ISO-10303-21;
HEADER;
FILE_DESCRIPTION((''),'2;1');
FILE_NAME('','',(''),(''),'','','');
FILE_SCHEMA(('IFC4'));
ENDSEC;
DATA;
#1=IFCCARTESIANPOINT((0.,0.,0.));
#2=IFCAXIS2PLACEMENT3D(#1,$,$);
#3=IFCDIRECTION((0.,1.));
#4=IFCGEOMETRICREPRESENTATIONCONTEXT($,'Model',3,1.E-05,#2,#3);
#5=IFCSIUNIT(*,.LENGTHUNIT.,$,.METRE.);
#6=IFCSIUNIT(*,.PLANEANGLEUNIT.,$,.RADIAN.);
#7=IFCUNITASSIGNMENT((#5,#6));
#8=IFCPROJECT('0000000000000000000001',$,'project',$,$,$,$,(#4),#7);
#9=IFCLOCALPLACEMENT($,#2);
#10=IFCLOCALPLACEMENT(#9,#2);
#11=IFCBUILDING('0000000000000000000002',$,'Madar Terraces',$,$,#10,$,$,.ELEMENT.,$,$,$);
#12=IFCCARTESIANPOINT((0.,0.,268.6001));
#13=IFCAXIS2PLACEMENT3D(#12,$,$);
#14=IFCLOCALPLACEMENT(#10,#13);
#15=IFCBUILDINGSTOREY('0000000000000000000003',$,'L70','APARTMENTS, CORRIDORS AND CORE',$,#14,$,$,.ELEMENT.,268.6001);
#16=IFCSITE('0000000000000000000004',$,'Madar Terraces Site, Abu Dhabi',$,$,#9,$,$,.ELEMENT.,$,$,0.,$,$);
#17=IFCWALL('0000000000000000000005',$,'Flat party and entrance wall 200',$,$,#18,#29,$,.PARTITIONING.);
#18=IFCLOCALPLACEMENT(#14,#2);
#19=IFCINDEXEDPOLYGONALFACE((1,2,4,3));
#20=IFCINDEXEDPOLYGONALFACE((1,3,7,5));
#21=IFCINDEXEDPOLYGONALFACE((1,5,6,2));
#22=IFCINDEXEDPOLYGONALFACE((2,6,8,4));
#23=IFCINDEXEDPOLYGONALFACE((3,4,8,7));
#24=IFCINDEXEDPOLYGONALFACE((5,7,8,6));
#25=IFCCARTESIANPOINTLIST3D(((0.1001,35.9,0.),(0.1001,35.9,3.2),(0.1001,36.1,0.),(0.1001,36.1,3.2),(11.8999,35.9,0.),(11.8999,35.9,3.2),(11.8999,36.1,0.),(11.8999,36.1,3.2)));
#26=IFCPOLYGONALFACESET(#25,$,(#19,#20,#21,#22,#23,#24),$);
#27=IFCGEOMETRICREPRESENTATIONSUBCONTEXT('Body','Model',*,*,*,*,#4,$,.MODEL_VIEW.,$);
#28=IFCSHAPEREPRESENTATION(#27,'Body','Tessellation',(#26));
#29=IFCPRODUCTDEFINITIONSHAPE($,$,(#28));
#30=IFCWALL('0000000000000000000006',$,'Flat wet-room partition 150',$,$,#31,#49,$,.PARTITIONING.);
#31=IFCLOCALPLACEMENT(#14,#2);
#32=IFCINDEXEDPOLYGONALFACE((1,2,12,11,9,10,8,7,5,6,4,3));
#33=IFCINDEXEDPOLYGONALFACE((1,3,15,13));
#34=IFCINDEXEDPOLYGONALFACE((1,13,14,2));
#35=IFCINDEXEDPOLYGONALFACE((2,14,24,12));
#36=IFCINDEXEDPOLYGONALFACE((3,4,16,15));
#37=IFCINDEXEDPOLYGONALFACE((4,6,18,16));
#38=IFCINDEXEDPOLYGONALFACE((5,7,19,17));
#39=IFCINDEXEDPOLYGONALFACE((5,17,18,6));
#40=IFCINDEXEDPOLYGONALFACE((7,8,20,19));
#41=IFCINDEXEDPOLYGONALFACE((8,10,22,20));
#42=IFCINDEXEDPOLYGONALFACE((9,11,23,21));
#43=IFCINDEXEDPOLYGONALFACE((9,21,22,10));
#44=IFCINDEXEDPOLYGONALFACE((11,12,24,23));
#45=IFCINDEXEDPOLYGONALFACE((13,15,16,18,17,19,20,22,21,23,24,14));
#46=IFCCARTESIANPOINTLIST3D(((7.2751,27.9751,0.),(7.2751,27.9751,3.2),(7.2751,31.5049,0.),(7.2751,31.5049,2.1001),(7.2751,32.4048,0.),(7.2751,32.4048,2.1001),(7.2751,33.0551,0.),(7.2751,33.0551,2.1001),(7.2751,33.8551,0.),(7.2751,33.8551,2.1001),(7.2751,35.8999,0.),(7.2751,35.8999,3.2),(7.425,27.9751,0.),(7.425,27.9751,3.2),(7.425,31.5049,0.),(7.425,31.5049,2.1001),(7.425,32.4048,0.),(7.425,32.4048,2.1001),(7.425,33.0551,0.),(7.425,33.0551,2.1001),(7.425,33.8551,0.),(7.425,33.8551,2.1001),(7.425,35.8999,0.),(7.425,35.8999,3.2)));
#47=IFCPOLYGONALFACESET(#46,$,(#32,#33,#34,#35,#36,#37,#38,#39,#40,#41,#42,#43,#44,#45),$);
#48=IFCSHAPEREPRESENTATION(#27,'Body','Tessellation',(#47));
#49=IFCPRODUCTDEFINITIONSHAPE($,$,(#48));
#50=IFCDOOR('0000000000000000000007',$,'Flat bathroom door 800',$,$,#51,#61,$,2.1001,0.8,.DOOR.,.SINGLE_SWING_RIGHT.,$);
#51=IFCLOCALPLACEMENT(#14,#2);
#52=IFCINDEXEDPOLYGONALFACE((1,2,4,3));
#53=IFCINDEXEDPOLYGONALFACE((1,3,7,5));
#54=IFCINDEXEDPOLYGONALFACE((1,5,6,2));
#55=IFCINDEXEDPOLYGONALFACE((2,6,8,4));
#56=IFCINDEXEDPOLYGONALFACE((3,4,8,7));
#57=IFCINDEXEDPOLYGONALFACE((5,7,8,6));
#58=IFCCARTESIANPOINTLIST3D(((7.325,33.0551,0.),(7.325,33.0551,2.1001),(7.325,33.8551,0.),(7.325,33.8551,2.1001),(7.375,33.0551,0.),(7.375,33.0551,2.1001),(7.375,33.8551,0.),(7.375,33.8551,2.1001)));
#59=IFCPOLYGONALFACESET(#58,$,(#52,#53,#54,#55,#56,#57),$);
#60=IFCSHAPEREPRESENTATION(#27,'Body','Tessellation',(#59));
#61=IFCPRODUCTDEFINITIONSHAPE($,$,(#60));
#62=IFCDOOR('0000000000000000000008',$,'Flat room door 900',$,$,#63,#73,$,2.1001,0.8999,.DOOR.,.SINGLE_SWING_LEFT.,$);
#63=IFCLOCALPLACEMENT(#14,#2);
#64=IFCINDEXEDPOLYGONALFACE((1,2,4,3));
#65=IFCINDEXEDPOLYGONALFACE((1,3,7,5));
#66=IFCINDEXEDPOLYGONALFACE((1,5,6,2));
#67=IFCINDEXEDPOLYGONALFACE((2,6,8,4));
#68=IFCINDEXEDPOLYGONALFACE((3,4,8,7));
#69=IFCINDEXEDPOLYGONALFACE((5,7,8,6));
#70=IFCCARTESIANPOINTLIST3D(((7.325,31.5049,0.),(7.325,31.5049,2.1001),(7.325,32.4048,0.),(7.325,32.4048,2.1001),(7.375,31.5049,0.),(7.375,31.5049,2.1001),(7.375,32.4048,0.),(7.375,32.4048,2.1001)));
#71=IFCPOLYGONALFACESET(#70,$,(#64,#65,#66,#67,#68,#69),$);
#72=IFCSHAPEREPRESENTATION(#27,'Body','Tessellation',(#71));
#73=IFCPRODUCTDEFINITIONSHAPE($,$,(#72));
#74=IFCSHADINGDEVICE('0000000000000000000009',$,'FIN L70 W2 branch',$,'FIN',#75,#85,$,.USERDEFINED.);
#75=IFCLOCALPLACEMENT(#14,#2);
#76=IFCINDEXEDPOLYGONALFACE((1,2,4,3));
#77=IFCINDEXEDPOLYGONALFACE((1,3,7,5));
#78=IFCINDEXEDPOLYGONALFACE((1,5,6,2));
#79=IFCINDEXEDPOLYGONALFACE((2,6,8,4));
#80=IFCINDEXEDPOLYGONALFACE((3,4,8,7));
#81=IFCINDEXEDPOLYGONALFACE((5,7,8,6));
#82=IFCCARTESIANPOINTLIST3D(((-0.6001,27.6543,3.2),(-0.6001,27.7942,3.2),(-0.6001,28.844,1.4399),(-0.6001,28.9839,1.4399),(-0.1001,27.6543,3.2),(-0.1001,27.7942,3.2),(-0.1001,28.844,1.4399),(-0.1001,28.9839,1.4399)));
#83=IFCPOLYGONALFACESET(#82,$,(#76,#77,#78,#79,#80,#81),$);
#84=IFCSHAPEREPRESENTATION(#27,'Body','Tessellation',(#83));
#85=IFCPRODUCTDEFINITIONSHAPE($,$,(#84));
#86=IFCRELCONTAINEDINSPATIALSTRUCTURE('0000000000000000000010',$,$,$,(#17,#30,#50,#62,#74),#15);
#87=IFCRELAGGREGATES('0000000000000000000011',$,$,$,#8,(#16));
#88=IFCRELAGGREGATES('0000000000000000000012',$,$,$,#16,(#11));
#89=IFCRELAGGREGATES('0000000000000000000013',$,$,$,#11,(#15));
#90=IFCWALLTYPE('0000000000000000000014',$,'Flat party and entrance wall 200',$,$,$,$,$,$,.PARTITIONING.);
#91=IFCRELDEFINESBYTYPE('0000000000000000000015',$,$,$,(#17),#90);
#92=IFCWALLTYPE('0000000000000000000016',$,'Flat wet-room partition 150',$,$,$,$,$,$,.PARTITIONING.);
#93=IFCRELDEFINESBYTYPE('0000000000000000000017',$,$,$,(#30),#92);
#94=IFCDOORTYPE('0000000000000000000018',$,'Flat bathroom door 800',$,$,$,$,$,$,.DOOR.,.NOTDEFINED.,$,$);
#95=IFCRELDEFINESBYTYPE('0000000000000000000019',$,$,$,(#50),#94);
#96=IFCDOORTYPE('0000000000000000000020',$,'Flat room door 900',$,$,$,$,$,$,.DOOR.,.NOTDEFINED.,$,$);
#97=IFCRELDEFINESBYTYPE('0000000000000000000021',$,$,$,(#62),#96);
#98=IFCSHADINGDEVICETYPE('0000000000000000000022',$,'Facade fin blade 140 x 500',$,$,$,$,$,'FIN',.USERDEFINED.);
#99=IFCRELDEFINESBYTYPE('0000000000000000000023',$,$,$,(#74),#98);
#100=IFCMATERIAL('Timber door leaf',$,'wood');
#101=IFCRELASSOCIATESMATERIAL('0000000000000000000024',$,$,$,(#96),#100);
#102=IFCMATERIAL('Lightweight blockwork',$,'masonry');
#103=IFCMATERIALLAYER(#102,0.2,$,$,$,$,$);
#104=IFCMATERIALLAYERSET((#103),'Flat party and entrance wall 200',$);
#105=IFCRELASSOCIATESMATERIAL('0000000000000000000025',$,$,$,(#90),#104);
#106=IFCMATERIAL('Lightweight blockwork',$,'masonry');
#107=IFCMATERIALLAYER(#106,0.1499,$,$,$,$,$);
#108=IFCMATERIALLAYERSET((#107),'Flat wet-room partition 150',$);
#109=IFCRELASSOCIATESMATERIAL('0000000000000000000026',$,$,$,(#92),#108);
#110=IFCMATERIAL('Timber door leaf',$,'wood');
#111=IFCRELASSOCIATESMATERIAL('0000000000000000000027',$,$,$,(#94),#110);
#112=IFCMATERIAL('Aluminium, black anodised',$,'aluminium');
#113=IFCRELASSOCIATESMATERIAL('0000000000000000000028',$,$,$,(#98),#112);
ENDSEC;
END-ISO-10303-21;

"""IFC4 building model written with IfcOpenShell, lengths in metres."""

from ifc_helpers import new_model, si_unit, direction, frame, frame_2d, origin, place, context, subcontext, project, spatial, polyline, rectangle, outline, extrude, material, layer, layer_set, type_object, element, fill, save


model = new_model("IFC4")

# Units and contexts
model_context = context("Model", 3, precision=1e-05, world=origin(), true_north=direction((0.0, 1.0)))
body_context = subcontext(model_context, "Body", "Model", "MODEL_VIEW")
ifc_project = project(units=[si_unit("LENGTHUNIT", "METRE"), si_unit("PLANEANGLEUNIT", "RADIAN")], contexts=[model_context])

# Site, building, storey
site_placement = place(None, origin())
site = spatial("IfcSite", under=ifc_project, at=site_placement, Name="Madar Terraces Site, Abu Dhabi", CompositionType="ELEMENT", RefElevation=0.0)
building_placement = place(site_placement, origin())
building = spatial("IfcBuilding", under=site, at=building_placement, Name="Madar Terraces", CompositionType="ELEMENT")
storey_placement = place(building_placement, frame((0.0, 0.0, 268.6001)))
storey = spatial("IfcBuildingStorey", under=building, at=storey_placement, Name="L70", Description="APARTMENTS, CORRIDORS AND CORE", CompositionType="ELEMENT", Elevation=268.6001)

# Shared definitions
ifc_material_1 = material(Name="Timber door leaf", Category="wood")
door_type_1 = type_object("IfcDoorType", Name="Flat room door 900", OperationType="NOTDEFINED", PredefinedType="DOOR", material=ifc_material_1)

# Wall
ifc_material_2 = material(Name="Lightweight blockwork", Category="masonry")
ifc_layer_1 = layer(ifc_material_2, 0.2)
ifc_layer_set_1 = layer_set([ifc_layer_1], Name="Flat party and entrance wall 200")
wall_type_1 = type_object("IfcWallType", Name="Flat party and entrance wall 200", PredefinedType="PARTITIONING", material=ifc_layer_set_1)
wall_1_placement = place(storey_placement, frame((0.1001, 36.0, 0.0), z_axis=(0.0, 0.0, 1.0), x_axis=(1.0, 0.0, 0.0)))
element("IfcWall", 1, at=wall_1_placement, inside=storey, type_object=wall_type_1, Name="Flat party and entrance wall 200", PredefinedType="PARTITIONING", context=body_context, shape_type="SweptSolid", body=[
    extrude(rectangle(XDim=11.7998, YDim=0.2, at=frame_2d((5.8999, 0.0))), origin(), (0.0, 0.0, 1.0), 3.2),
])

# Wall, openings, doors
ifc_material_3 = material(Name="Lightweight blockwork", Category="masonry")
ifc_layer_2 = layer(ifc_material_3, 0.1499)
ifc_layer_set_2 = layer_set([ifc_layer_2], Name="Flat wet-room partition 150")
wall_type_2 = type_object("IfcWallType", Name="Flat wet-room partition 150", PredefinedType="PARTITIONING", material=ifc_layer_set_2)
wall_2_placement = place(storey_placement, frame((7.3501, 35.8999, 0.0), z_axis=(0.0, 0.0, 1.0), x_axis=(0.0, -1.0, 0.0)))
wall_2 = element("IfcWall", 2, at=wall_2_placement, inside=storey, type_object=wall_type_2, Name="Flat wet-room partition 150", PredefinedType="PARTITIONING", context=body_context, shape_type="SweptSolid", body=[
    extrude(rectangle(XDim=7.9248, YDim=0.1499, at=frame_2d((3.9624, 0.0))), origin(), (0.0, 0.0, 1.0), 3.2),
])
opening_1_placement = place(wall_2_placement, frame((3.4951, 0.0, 0.0)))
opening_1 = element("IfcOpeningElement", 3, at=opening_1_placement, cuts=wall_2, PredefinedType="OPENING", context=body_context, shape_type="SweptSolid", body=[
    extrude(rectangle(XDim=0.8999, YDim=2.1001, at=frame_2d((0.45, 1.05))), frame((0.0, 0.085, 0.0), z_axis=(0.0, -1.0, 0.0), x_axis=(1.0, 0.0, 0.0)), (0.0, 0.0, 1.0), 0.1699),
])
opening_2_placement = place(wall_2_placement, frame((2.0449, 0.0, 0.0)))
opening_2 = element("IfcOpeningElement", 4, at=opening_2_placement, cuts=wall_2, PredefinedType="OPENING", context=body_context, shape_type="SweptSolid", body=[
    extrude(rectangle(XDim=0.8, YDim=2.1001, at=frame_2d((0.3999, 1.05))), frame((0.0, 0.085, 0.0), z_axis=(0.0, -1.0, 0.0), x_axis=(1.0, 0.0, 0.0)), (0.0, 0.0, 1.0), 0.1699),
])
ifc_material_4 = material(Name="Timber door leaf", Category="wood")
door_type_2 = type_object("IfcDoorType", Name="Flat bathroom door 800", OperationType="NOTDEFINED", PredefinedType="DOOR", material=ifc_material_4)
door_1_placement = place(opening_2_placement, origin())
door_1 = element("IfcDoor", 5, at=door_1_placement, inside=storey, type_object=door_type_2, Name="Flat bathroom door 800", OperationType="SINGLE_SWING_RIGHT", OverallHeight=2.1001, OverallWidth=0.8, PredefinedType="DOOR", context=body_context, shape_type="SweptSolid", body=[
    extrude(rectangle(XDim=0.8, YDim=2.1001, at=frame_2d((0.3999, 1.05))), frame((0.0, 0.0249, 0.0), z_axis=(0.0, -1.0, 0.0), x_axis=(1.0, 0.0, 0.0)), (0.0, 0.0, 1.0), 0.05),
])
fill(opening_2, door_1)
door_2_placement = place(opening_1_placement, origin())
door_2 = element("IfcDoor", 6, at=door_2_placement, inside=storey, type_object=door_type_1, Name="Flat room door 900", OperationType="SINGLE_SWING_LEFT", OverallHeight=2.1001, OverallWidth=0.8999, PredefinedType="DOOR", context=body_context, shape_type="SweptSolid", body=[
    extrude(rectangle(XDim=0.8999, YDim=2.1001, at=frame_2d((0.45, 1.05))), frame((0.0, 0.0249, 0.0), z_axis=(0.0, -1.0, 0.0), x_axis=(1.0, 0.0, 0.0)), (0.0, 0.0, 1.0), 0.05),
])
fill(opening_1, door_2)

# Shading device
ifc_material_5 = material(Name="Aluminium, black anodised", Category="aluminium")
shading_device_type = type_object("IfcShadingDeviceType", Name="Facade fin blade 140 x 500", ElementType="FIN", PredefinedType="USERDEFINED", material=ifc_material_5)
shading_device_placement = place(storey_placement, frame((-0.3501, 28.9839, 1.4399), z_axis=(0.0, 0.0, 1.0), x_axis=(0.0, -1.0, 0.0)))
element("IfcShadingDevice", 7, at=shading_device_placement, inside=storey, type_object=shading_device_type, Name="FIN L70 W2 branch", ObjectType="FIN", PredefinedType="USERDEFINED", context=body_context, shape_type="SweptSolid", body=[
    extrude(outline(polyline([(0.0, 0.0), (0.1399, 0.0), (1.3296, 1.76), (1.1897, 1.76), (0.0, 0.0)])), frame((0.0, 0.25, 0.0), z_axis=(0.0, -1.0, 0.0), x_axis=(1.0, 0.0, 0.0)), (0.0, 0.0, 1.0), 0.5),
])

save(model, "model.ifc")
